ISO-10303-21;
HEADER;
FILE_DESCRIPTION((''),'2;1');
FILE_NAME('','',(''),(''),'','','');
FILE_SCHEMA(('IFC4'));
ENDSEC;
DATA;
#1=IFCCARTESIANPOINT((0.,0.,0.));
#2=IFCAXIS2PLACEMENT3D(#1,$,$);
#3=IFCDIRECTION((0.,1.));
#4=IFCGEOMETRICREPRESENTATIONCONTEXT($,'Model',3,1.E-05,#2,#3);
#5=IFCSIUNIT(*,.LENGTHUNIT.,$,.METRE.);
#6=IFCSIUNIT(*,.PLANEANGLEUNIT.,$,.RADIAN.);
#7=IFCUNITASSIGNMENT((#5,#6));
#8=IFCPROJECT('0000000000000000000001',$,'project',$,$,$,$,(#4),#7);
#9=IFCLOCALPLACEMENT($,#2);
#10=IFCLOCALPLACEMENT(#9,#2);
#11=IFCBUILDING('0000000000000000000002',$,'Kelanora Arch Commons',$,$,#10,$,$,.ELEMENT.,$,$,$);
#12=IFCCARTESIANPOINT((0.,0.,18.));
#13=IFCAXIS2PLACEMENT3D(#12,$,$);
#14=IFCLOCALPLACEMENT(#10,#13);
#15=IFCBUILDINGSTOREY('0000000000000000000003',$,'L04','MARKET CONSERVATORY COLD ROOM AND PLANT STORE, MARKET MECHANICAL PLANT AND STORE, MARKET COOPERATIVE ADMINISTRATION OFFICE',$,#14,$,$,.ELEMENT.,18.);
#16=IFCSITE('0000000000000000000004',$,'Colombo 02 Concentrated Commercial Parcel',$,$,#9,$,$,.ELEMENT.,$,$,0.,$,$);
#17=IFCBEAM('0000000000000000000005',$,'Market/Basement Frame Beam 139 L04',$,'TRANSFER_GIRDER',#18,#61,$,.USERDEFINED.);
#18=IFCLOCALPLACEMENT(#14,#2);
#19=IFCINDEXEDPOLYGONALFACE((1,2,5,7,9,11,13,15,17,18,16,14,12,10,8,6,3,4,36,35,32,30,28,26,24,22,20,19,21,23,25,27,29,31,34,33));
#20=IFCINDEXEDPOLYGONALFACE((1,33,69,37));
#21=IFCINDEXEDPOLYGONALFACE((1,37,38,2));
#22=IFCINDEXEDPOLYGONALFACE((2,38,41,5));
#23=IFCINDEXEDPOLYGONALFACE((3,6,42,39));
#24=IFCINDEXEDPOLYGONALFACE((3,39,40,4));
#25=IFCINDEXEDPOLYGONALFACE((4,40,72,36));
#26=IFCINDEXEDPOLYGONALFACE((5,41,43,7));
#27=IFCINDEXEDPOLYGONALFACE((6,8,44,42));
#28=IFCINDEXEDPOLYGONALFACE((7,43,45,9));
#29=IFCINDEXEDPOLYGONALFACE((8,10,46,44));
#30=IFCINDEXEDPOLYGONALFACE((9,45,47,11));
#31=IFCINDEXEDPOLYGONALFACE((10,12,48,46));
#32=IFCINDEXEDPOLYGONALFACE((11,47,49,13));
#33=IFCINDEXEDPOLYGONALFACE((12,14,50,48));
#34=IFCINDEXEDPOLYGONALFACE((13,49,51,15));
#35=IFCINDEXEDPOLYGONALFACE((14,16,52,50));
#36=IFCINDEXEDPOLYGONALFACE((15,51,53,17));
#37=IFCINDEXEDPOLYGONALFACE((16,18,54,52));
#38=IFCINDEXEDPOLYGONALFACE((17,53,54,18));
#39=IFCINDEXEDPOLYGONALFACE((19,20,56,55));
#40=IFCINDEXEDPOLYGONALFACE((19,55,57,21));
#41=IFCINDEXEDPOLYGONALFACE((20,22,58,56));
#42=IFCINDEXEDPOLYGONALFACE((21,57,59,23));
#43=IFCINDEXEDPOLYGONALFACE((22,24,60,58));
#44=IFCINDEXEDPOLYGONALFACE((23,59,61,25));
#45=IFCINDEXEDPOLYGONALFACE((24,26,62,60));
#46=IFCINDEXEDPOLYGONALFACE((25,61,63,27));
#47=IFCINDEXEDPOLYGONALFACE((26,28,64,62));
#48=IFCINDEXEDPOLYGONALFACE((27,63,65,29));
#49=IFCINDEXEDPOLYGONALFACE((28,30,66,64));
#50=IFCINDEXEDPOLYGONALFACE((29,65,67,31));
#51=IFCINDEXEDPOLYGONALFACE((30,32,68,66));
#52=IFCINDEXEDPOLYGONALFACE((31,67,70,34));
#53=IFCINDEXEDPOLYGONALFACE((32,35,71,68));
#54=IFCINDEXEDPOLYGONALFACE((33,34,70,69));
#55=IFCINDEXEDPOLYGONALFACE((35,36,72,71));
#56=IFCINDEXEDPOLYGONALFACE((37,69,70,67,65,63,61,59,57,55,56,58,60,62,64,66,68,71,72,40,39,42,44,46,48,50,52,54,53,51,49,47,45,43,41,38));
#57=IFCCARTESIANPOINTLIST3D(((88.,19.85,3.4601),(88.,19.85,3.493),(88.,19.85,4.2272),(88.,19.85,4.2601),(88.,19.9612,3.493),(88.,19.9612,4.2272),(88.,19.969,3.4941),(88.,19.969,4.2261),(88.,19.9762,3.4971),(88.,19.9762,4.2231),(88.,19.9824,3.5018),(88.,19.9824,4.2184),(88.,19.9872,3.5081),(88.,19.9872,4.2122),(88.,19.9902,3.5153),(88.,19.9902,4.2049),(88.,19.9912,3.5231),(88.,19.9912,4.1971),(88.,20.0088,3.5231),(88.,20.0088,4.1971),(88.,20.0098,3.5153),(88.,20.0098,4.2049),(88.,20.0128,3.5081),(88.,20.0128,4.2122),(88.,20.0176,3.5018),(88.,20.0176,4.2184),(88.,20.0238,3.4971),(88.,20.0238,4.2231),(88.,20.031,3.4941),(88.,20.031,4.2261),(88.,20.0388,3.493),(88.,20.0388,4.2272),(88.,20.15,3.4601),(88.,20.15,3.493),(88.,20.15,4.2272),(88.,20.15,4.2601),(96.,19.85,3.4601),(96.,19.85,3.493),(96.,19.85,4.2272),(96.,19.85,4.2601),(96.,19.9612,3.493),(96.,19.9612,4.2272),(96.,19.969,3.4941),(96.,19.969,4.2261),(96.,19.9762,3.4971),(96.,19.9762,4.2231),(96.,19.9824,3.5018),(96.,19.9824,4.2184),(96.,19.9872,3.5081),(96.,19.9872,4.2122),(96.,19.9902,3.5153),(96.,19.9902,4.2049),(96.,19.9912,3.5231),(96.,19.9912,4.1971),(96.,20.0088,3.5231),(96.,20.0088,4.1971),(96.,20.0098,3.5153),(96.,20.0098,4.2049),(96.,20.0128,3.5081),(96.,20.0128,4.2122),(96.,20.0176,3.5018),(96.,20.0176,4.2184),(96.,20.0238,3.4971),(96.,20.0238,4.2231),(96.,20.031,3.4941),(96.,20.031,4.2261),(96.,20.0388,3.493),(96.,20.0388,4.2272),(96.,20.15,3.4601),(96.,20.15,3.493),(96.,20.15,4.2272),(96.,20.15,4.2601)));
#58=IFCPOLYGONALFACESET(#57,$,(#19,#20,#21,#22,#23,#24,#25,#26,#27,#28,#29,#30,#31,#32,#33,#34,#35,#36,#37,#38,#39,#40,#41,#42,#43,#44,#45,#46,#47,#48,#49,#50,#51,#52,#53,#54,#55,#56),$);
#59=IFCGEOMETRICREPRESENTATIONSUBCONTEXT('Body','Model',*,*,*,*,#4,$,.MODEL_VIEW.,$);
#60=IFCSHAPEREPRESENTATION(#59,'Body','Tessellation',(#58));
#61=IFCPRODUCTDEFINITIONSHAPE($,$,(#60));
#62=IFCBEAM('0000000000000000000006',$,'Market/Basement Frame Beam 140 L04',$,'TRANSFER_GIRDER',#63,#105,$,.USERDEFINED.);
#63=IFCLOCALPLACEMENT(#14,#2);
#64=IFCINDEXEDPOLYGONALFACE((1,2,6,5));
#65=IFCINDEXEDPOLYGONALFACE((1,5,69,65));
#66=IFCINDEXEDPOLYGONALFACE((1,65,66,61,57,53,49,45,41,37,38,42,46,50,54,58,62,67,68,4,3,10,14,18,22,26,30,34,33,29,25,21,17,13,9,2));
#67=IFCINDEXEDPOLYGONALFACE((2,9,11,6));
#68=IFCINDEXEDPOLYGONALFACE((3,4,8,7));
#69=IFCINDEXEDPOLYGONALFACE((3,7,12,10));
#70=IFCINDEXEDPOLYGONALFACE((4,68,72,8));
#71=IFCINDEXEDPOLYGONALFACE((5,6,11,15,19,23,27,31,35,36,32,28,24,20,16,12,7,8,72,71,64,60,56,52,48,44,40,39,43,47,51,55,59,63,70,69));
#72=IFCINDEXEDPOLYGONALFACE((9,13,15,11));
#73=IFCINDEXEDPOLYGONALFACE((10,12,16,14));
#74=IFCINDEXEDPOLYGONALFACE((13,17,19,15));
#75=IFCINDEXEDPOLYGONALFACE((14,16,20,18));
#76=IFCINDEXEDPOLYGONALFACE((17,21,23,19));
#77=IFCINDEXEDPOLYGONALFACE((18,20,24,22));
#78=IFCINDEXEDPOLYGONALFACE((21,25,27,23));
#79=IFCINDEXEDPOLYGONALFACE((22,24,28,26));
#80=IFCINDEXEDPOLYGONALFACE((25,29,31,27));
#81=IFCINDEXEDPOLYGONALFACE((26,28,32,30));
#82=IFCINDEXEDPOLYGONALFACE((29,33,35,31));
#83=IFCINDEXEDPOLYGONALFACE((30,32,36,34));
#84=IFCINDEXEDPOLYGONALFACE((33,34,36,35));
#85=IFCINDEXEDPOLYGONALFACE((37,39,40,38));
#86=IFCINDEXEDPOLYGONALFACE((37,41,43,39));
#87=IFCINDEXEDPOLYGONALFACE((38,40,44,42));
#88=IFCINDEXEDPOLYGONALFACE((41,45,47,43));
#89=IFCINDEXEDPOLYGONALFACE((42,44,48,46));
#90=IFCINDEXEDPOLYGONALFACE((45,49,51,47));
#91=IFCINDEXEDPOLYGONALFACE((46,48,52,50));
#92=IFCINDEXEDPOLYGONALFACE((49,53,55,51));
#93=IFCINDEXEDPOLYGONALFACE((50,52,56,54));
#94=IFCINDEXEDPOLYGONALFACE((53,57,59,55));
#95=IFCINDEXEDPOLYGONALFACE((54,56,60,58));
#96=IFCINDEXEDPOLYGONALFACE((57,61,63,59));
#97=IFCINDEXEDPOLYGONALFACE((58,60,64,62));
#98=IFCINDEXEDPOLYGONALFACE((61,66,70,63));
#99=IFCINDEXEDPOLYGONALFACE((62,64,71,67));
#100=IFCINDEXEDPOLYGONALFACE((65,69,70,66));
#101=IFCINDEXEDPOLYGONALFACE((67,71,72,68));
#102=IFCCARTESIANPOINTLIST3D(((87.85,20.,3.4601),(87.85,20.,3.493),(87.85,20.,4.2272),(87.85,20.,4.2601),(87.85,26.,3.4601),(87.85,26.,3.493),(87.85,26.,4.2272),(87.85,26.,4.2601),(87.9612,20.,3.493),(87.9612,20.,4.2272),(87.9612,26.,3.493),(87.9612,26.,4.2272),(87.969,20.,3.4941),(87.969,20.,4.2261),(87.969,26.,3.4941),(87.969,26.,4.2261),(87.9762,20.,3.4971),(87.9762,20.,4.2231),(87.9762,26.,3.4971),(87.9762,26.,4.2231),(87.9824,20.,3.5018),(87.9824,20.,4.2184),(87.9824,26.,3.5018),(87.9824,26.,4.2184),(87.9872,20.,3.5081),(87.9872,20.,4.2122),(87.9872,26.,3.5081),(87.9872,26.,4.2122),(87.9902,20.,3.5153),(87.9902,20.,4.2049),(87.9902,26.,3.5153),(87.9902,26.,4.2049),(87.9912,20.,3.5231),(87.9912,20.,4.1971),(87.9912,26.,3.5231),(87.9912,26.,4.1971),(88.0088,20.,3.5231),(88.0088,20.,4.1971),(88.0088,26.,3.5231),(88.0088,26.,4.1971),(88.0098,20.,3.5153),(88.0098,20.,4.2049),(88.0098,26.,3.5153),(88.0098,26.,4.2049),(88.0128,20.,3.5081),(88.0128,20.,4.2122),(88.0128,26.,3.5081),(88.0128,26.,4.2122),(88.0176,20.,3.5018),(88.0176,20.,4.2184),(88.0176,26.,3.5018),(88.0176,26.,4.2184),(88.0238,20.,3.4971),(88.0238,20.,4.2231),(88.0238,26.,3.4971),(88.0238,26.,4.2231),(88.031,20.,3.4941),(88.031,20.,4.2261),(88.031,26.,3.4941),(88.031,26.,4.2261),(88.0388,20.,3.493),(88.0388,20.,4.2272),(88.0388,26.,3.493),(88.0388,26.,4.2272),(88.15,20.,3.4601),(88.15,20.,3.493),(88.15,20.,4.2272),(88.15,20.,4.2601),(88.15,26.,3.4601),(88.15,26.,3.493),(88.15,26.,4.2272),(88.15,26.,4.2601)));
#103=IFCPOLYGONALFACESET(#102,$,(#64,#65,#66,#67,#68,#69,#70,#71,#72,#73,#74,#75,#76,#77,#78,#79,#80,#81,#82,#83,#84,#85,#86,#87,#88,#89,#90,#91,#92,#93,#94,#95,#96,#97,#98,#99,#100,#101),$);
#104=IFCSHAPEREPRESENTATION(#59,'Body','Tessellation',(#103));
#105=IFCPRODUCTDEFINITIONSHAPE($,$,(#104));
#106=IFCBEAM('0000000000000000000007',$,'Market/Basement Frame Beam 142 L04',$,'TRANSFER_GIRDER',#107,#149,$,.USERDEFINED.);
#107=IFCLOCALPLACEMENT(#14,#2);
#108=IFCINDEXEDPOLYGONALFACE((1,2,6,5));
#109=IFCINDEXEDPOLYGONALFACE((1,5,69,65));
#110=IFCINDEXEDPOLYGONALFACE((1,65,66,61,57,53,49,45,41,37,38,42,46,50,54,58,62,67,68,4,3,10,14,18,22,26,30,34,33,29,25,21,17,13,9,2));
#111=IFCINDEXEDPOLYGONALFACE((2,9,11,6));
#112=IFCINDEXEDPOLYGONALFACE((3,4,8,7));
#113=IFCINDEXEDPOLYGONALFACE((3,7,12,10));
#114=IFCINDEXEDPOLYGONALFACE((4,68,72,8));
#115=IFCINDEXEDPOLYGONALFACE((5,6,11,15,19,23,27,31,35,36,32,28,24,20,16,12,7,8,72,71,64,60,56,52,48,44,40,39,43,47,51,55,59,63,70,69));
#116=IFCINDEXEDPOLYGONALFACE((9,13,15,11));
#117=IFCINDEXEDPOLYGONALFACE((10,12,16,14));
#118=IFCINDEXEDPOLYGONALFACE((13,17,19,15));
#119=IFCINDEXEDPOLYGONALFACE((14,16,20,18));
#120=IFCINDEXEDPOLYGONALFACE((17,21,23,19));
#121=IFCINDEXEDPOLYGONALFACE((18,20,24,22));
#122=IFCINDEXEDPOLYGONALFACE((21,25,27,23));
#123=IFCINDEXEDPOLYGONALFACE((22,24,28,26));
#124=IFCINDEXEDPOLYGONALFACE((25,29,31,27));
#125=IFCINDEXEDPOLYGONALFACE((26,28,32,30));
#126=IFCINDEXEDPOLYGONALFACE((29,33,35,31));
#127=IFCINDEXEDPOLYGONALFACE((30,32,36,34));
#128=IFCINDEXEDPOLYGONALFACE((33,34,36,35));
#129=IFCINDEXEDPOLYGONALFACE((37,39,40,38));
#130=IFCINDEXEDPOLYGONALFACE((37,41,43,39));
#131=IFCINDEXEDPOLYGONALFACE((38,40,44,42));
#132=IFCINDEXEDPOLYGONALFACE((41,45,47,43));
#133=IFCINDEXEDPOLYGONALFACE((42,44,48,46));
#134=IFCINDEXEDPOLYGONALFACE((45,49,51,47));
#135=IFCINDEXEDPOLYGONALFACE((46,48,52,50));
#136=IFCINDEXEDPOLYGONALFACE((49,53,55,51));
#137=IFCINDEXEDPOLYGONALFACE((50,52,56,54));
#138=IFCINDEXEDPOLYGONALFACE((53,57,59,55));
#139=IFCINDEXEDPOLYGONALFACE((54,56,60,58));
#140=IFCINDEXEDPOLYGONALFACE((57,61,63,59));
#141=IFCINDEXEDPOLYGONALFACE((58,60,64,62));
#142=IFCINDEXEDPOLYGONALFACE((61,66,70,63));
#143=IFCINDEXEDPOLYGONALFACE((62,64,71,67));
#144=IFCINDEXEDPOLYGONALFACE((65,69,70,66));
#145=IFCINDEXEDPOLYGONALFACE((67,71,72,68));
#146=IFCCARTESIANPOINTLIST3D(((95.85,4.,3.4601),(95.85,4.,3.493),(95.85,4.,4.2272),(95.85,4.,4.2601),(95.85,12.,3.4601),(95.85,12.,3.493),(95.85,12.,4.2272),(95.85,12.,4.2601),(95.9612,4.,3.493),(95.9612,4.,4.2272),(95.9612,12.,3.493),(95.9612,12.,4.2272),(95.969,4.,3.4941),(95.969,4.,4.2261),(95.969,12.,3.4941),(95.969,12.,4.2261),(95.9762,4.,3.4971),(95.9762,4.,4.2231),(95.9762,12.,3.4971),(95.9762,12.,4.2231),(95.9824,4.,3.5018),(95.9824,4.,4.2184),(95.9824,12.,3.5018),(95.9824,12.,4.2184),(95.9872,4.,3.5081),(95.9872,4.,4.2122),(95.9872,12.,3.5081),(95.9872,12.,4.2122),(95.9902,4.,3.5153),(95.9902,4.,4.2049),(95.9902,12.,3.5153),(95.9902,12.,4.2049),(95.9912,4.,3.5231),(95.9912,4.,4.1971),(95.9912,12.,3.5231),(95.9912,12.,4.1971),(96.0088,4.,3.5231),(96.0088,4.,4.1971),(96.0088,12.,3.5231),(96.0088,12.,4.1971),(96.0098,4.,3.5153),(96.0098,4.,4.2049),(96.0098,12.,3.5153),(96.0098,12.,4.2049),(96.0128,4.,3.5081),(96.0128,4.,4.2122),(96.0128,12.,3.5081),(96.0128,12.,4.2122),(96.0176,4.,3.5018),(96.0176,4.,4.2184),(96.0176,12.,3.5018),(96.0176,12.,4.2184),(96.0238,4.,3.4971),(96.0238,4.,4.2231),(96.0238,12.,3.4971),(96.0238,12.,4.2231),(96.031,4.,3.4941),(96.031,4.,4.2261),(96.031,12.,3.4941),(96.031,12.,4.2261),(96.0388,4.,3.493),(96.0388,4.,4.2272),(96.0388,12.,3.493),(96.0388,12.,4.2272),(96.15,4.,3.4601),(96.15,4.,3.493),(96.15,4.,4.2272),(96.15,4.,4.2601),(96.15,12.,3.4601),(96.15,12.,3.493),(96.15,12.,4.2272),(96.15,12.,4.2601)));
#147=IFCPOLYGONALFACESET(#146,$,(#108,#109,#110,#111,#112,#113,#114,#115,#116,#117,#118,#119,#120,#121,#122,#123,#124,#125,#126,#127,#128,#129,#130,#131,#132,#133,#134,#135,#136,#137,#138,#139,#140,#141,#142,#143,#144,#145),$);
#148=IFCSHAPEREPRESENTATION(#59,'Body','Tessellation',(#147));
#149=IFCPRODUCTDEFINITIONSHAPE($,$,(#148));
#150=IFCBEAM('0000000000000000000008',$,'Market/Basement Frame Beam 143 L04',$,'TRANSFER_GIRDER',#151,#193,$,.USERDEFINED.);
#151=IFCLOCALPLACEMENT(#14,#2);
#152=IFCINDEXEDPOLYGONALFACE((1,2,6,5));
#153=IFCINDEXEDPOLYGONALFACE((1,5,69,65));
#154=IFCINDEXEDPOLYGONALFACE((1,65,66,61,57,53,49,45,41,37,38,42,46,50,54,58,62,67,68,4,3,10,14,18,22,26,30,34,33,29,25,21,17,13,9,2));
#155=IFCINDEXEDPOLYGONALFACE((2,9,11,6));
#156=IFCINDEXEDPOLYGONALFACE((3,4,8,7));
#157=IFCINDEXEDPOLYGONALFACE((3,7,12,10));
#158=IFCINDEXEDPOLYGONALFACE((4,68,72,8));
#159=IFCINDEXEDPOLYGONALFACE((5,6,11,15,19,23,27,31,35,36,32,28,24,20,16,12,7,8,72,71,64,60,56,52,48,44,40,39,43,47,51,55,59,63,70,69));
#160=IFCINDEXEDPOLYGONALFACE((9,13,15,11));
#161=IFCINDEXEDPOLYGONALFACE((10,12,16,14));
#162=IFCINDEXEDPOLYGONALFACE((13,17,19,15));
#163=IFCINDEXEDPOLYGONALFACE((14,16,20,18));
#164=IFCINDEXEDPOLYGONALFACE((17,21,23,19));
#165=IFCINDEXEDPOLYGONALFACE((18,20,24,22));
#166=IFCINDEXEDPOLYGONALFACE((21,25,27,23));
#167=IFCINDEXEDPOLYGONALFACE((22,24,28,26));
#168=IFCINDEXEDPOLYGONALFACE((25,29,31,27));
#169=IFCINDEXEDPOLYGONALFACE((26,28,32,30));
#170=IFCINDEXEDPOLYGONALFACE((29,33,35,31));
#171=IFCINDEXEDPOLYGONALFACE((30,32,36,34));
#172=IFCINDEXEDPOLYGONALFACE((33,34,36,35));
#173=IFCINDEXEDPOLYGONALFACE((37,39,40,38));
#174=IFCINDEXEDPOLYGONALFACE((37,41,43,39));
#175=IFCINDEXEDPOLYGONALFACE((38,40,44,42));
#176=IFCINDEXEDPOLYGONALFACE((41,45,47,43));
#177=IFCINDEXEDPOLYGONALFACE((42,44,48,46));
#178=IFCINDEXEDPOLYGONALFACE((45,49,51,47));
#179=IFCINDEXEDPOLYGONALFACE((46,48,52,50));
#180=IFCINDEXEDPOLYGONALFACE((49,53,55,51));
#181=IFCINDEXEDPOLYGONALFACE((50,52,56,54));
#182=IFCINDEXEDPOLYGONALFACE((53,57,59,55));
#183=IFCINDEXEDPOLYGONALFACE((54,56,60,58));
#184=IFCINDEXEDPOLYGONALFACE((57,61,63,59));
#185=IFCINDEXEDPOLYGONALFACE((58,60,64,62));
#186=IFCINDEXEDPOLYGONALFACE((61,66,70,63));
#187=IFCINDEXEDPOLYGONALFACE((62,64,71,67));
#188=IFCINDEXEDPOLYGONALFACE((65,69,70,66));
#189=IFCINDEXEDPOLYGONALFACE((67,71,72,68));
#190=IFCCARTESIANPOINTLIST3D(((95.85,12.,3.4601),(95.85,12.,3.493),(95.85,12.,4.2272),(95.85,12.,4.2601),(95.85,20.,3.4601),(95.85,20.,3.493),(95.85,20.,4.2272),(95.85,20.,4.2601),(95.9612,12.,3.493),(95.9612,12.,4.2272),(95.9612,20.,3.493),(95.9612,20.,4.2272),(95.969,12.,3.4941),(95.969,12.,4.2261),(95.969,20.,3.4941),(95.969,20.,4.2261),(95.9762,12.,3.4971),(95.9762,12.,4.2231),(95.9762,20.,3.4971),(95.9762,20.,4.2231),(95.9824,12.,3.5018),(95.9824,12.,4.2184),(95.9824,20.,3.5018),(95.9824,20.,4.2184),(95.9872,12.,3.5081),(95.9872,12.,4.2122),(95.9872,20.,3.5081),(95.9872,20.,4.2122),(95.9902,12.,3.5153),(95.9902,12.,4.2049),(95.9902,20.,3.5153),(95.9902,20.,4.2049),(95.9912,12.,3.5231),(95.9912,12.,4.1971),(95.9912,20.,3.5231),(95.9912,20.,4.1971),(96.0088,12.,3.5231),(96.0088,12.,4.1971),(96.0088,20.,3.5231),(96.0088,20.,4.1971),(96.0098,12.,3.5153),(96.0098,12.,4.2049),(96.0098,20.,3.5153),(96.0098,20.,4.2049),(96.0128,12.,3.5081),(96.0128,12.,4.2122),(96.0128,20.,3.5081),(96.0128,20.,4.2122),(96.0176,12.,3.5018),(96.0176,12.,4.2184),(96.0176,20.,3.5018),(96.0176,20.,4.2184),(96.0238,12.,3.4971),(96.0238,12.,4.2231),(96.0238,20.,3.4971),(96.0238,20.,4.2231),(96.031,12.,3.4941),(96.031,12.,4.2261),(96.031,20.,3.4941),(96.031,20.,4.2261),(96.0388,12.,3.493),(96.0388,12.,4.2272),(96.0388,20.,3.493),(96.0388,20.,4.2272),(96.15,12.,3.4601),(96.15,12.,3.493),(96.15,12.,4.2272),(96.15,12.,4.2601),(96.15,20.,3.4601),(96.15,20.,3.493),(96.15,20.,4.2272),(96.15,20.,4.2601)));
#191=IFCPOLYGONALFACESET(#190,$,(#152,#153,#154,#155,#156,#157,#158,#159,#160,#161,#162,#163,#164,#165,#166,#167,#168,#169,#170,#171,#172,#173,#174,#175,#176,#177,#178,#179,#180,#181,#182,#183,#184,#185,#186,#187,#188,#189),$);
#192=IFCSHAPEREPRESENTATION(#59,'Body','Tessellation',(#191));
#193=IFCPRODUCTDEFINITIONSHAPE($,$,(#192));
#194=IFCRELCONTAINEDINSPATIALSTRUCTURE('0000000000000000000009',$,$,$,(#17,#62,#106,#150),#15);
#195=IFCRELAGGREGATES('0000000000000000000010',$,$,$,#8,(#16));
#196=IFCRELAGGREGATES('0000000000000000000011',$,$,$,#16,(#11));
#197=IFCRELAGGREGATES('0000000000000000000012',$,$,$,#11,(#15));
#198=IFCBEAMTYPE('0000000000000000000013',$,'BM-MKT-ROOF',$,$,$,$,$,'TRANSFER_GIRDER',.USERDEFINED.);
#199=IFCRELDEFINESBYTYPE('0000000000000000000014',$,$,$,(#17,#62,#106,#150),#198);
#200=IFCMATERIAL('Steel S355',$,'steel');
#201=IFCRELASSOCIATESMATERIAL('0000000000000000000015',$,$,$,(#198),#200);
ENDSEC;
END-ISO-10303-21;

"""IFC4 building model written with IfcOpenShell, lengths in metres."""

from ifc_helpers import new_model, si_unit, direction, frame, origin, origin_2d, place, context, subcontext, project, spatial, i_section, extrude, material, material_profile, profile_set, type_object, element, save


model = new_model("IFC4")

# Units and contexts
model_context = context("Model", 3, precision=1e-05, world=origin(), true_north=direction((0.0, 1.0)))
body_context = subcontext(model_context, "Body", "Model", "MODEL_VIEW")
ifc_project = project(units=[si_unit("LENGTHUNIT", "METRE"), si_unit("PLANEANGLEUNIT", "RADIAN")], contexts=[model_context])

# Site, building, storey
site_placement = place(None, origin())
site = spatial("IfcSite", under=ifc_project, at=site_placement, Name="Colombo 02 Concentrated Commercial Parcel", CompositionType="ELEMENT", RefElevation=0.0)
building_placement = place(site_placement, origin())
building = spatial("IfcBuilding", under=site, at=building_placement, Name="Kelanora Arch Commons", CompositionType="ELEMENT")
storey_placement = place(building_placement, frame((0.0, 0.0, 18.0)))
storey = spatial("IfcBuildingStorey", under=building, at=storey_placement, Name="L04", Description="MARKET CONSERVATORY COLD ROOM AND PLANT STORE, MARKET MECHANICAL PLANT AND STORE, MARKET COOPERATIVE ADMINISTRATION OFFICE", CompositionType="ELEMENT", Elevation=18.0)

# Beams
ifc_material_1 = material(Name="Steel S355", Category="steel")
ifc_material_profile_1 = material_profile(ifc_material_1, i_section(OverallWidth=0.3, OverallDepth=0.8, WebThickness=0.0176, FlangeThickness=0.033, FilletRadius=0.03, at=origin_2d()), Name="HEB800")
ifc_profile_set_1 = profile_set([ifc_material_profile_1], Name="Steel S355")
beam_type = type_object("IfcBeamType", Name="BM-MKT-ROOF", ElementType="TRANSFER_GIRDER", PredefinedType="USERDEFINED", material=ifc_profile_set_1)
for number, where, z_axis, x_axis, name in (
    (1, (88.0, 20.0, 3.8601), (1.0, 0.0, 0.0), (0.0, 1.0, 0.0), "Market/Basement Frame Beam 139 L04"),
):
    element("IfcBeam", number, at=place(storey_placement, frame(where, z_axis=z_axis, x_axis=x_axis)), inside=storey, type_object=beam_type, Name=name, ObjectType="TRANSFER_GIRDER", PredefinedType="USERDEFINED", context=body_context, shape_type="SweptSolid", body=[
        extrude(i_section(OverallWidth=0.3, OverallDepth=0.8, WebThickness=0.0176, FlangeThickness=0.033, FilletRadius=0.03, at=origin_2d()), origin(), (0.0, 0.0, 1.0), 8.0),
    ])
beam_1_placement = place(storey_placement, frame((88.0, 20.0, 3.8601), z_axis=(0.0, 1.0, 0.0), x_axis=(-1.0, 0.0, 0.0)))
element("IfcBeam", 2, at=beam_1_placement, inside=storey, type_object=beam_type, Name="Market/Basement Frame Beam 140 L04", ObjectType="TRANSFER_GIRDER", PredefinedType="USERDEFINED", context=body_context, shape_type="SweptSolid", body=[
    extrude(i_section(OverallWidth=0.3, OverallDepth=0.8, WebThickness=0.0176, FlangeThickness=0.033, FilletRadius=0.03, at=origin_2d()), origin(), (0.0, 0.0, 1.0), 6.0),
])
for number, where, z_axis, x_axis, name in (
    (3, (96.0, 4.0, 3.8601), (0.0, 1.0, 0.0), (-1.0, 0.0, 0.0), "Market/Basement Frame Beam 142 L04"),
    (4, (96.0, 12.0, 3.8601), (0.0, 1.0, 0.0), (-1.0, 0.0, 0.0), "Market/Basement Frame Beam 143 L04"),
):
    element("IfcBeam", number, at=place(storey_placement, frame(where, z_axis=z_axis, x_axis=x_axis)), inside=storey, type_object=beam_type, Name=name, ObjectType="TRANSFER_GIRDER", PredefinedType="USERDEFINED", context=body_context, shape_type="SweptSolid", body=[
        extrude(i_section(OverallWidth=0.3, OverallDepth=0.8, WebThickness=0.0176, FlangeThickness=0.033, FilletRadius=0.03, at=origin_2d()), origin(), (0.0, 0.0, 1.0), 8.0),
    ])

save(model, "model.ifc")
